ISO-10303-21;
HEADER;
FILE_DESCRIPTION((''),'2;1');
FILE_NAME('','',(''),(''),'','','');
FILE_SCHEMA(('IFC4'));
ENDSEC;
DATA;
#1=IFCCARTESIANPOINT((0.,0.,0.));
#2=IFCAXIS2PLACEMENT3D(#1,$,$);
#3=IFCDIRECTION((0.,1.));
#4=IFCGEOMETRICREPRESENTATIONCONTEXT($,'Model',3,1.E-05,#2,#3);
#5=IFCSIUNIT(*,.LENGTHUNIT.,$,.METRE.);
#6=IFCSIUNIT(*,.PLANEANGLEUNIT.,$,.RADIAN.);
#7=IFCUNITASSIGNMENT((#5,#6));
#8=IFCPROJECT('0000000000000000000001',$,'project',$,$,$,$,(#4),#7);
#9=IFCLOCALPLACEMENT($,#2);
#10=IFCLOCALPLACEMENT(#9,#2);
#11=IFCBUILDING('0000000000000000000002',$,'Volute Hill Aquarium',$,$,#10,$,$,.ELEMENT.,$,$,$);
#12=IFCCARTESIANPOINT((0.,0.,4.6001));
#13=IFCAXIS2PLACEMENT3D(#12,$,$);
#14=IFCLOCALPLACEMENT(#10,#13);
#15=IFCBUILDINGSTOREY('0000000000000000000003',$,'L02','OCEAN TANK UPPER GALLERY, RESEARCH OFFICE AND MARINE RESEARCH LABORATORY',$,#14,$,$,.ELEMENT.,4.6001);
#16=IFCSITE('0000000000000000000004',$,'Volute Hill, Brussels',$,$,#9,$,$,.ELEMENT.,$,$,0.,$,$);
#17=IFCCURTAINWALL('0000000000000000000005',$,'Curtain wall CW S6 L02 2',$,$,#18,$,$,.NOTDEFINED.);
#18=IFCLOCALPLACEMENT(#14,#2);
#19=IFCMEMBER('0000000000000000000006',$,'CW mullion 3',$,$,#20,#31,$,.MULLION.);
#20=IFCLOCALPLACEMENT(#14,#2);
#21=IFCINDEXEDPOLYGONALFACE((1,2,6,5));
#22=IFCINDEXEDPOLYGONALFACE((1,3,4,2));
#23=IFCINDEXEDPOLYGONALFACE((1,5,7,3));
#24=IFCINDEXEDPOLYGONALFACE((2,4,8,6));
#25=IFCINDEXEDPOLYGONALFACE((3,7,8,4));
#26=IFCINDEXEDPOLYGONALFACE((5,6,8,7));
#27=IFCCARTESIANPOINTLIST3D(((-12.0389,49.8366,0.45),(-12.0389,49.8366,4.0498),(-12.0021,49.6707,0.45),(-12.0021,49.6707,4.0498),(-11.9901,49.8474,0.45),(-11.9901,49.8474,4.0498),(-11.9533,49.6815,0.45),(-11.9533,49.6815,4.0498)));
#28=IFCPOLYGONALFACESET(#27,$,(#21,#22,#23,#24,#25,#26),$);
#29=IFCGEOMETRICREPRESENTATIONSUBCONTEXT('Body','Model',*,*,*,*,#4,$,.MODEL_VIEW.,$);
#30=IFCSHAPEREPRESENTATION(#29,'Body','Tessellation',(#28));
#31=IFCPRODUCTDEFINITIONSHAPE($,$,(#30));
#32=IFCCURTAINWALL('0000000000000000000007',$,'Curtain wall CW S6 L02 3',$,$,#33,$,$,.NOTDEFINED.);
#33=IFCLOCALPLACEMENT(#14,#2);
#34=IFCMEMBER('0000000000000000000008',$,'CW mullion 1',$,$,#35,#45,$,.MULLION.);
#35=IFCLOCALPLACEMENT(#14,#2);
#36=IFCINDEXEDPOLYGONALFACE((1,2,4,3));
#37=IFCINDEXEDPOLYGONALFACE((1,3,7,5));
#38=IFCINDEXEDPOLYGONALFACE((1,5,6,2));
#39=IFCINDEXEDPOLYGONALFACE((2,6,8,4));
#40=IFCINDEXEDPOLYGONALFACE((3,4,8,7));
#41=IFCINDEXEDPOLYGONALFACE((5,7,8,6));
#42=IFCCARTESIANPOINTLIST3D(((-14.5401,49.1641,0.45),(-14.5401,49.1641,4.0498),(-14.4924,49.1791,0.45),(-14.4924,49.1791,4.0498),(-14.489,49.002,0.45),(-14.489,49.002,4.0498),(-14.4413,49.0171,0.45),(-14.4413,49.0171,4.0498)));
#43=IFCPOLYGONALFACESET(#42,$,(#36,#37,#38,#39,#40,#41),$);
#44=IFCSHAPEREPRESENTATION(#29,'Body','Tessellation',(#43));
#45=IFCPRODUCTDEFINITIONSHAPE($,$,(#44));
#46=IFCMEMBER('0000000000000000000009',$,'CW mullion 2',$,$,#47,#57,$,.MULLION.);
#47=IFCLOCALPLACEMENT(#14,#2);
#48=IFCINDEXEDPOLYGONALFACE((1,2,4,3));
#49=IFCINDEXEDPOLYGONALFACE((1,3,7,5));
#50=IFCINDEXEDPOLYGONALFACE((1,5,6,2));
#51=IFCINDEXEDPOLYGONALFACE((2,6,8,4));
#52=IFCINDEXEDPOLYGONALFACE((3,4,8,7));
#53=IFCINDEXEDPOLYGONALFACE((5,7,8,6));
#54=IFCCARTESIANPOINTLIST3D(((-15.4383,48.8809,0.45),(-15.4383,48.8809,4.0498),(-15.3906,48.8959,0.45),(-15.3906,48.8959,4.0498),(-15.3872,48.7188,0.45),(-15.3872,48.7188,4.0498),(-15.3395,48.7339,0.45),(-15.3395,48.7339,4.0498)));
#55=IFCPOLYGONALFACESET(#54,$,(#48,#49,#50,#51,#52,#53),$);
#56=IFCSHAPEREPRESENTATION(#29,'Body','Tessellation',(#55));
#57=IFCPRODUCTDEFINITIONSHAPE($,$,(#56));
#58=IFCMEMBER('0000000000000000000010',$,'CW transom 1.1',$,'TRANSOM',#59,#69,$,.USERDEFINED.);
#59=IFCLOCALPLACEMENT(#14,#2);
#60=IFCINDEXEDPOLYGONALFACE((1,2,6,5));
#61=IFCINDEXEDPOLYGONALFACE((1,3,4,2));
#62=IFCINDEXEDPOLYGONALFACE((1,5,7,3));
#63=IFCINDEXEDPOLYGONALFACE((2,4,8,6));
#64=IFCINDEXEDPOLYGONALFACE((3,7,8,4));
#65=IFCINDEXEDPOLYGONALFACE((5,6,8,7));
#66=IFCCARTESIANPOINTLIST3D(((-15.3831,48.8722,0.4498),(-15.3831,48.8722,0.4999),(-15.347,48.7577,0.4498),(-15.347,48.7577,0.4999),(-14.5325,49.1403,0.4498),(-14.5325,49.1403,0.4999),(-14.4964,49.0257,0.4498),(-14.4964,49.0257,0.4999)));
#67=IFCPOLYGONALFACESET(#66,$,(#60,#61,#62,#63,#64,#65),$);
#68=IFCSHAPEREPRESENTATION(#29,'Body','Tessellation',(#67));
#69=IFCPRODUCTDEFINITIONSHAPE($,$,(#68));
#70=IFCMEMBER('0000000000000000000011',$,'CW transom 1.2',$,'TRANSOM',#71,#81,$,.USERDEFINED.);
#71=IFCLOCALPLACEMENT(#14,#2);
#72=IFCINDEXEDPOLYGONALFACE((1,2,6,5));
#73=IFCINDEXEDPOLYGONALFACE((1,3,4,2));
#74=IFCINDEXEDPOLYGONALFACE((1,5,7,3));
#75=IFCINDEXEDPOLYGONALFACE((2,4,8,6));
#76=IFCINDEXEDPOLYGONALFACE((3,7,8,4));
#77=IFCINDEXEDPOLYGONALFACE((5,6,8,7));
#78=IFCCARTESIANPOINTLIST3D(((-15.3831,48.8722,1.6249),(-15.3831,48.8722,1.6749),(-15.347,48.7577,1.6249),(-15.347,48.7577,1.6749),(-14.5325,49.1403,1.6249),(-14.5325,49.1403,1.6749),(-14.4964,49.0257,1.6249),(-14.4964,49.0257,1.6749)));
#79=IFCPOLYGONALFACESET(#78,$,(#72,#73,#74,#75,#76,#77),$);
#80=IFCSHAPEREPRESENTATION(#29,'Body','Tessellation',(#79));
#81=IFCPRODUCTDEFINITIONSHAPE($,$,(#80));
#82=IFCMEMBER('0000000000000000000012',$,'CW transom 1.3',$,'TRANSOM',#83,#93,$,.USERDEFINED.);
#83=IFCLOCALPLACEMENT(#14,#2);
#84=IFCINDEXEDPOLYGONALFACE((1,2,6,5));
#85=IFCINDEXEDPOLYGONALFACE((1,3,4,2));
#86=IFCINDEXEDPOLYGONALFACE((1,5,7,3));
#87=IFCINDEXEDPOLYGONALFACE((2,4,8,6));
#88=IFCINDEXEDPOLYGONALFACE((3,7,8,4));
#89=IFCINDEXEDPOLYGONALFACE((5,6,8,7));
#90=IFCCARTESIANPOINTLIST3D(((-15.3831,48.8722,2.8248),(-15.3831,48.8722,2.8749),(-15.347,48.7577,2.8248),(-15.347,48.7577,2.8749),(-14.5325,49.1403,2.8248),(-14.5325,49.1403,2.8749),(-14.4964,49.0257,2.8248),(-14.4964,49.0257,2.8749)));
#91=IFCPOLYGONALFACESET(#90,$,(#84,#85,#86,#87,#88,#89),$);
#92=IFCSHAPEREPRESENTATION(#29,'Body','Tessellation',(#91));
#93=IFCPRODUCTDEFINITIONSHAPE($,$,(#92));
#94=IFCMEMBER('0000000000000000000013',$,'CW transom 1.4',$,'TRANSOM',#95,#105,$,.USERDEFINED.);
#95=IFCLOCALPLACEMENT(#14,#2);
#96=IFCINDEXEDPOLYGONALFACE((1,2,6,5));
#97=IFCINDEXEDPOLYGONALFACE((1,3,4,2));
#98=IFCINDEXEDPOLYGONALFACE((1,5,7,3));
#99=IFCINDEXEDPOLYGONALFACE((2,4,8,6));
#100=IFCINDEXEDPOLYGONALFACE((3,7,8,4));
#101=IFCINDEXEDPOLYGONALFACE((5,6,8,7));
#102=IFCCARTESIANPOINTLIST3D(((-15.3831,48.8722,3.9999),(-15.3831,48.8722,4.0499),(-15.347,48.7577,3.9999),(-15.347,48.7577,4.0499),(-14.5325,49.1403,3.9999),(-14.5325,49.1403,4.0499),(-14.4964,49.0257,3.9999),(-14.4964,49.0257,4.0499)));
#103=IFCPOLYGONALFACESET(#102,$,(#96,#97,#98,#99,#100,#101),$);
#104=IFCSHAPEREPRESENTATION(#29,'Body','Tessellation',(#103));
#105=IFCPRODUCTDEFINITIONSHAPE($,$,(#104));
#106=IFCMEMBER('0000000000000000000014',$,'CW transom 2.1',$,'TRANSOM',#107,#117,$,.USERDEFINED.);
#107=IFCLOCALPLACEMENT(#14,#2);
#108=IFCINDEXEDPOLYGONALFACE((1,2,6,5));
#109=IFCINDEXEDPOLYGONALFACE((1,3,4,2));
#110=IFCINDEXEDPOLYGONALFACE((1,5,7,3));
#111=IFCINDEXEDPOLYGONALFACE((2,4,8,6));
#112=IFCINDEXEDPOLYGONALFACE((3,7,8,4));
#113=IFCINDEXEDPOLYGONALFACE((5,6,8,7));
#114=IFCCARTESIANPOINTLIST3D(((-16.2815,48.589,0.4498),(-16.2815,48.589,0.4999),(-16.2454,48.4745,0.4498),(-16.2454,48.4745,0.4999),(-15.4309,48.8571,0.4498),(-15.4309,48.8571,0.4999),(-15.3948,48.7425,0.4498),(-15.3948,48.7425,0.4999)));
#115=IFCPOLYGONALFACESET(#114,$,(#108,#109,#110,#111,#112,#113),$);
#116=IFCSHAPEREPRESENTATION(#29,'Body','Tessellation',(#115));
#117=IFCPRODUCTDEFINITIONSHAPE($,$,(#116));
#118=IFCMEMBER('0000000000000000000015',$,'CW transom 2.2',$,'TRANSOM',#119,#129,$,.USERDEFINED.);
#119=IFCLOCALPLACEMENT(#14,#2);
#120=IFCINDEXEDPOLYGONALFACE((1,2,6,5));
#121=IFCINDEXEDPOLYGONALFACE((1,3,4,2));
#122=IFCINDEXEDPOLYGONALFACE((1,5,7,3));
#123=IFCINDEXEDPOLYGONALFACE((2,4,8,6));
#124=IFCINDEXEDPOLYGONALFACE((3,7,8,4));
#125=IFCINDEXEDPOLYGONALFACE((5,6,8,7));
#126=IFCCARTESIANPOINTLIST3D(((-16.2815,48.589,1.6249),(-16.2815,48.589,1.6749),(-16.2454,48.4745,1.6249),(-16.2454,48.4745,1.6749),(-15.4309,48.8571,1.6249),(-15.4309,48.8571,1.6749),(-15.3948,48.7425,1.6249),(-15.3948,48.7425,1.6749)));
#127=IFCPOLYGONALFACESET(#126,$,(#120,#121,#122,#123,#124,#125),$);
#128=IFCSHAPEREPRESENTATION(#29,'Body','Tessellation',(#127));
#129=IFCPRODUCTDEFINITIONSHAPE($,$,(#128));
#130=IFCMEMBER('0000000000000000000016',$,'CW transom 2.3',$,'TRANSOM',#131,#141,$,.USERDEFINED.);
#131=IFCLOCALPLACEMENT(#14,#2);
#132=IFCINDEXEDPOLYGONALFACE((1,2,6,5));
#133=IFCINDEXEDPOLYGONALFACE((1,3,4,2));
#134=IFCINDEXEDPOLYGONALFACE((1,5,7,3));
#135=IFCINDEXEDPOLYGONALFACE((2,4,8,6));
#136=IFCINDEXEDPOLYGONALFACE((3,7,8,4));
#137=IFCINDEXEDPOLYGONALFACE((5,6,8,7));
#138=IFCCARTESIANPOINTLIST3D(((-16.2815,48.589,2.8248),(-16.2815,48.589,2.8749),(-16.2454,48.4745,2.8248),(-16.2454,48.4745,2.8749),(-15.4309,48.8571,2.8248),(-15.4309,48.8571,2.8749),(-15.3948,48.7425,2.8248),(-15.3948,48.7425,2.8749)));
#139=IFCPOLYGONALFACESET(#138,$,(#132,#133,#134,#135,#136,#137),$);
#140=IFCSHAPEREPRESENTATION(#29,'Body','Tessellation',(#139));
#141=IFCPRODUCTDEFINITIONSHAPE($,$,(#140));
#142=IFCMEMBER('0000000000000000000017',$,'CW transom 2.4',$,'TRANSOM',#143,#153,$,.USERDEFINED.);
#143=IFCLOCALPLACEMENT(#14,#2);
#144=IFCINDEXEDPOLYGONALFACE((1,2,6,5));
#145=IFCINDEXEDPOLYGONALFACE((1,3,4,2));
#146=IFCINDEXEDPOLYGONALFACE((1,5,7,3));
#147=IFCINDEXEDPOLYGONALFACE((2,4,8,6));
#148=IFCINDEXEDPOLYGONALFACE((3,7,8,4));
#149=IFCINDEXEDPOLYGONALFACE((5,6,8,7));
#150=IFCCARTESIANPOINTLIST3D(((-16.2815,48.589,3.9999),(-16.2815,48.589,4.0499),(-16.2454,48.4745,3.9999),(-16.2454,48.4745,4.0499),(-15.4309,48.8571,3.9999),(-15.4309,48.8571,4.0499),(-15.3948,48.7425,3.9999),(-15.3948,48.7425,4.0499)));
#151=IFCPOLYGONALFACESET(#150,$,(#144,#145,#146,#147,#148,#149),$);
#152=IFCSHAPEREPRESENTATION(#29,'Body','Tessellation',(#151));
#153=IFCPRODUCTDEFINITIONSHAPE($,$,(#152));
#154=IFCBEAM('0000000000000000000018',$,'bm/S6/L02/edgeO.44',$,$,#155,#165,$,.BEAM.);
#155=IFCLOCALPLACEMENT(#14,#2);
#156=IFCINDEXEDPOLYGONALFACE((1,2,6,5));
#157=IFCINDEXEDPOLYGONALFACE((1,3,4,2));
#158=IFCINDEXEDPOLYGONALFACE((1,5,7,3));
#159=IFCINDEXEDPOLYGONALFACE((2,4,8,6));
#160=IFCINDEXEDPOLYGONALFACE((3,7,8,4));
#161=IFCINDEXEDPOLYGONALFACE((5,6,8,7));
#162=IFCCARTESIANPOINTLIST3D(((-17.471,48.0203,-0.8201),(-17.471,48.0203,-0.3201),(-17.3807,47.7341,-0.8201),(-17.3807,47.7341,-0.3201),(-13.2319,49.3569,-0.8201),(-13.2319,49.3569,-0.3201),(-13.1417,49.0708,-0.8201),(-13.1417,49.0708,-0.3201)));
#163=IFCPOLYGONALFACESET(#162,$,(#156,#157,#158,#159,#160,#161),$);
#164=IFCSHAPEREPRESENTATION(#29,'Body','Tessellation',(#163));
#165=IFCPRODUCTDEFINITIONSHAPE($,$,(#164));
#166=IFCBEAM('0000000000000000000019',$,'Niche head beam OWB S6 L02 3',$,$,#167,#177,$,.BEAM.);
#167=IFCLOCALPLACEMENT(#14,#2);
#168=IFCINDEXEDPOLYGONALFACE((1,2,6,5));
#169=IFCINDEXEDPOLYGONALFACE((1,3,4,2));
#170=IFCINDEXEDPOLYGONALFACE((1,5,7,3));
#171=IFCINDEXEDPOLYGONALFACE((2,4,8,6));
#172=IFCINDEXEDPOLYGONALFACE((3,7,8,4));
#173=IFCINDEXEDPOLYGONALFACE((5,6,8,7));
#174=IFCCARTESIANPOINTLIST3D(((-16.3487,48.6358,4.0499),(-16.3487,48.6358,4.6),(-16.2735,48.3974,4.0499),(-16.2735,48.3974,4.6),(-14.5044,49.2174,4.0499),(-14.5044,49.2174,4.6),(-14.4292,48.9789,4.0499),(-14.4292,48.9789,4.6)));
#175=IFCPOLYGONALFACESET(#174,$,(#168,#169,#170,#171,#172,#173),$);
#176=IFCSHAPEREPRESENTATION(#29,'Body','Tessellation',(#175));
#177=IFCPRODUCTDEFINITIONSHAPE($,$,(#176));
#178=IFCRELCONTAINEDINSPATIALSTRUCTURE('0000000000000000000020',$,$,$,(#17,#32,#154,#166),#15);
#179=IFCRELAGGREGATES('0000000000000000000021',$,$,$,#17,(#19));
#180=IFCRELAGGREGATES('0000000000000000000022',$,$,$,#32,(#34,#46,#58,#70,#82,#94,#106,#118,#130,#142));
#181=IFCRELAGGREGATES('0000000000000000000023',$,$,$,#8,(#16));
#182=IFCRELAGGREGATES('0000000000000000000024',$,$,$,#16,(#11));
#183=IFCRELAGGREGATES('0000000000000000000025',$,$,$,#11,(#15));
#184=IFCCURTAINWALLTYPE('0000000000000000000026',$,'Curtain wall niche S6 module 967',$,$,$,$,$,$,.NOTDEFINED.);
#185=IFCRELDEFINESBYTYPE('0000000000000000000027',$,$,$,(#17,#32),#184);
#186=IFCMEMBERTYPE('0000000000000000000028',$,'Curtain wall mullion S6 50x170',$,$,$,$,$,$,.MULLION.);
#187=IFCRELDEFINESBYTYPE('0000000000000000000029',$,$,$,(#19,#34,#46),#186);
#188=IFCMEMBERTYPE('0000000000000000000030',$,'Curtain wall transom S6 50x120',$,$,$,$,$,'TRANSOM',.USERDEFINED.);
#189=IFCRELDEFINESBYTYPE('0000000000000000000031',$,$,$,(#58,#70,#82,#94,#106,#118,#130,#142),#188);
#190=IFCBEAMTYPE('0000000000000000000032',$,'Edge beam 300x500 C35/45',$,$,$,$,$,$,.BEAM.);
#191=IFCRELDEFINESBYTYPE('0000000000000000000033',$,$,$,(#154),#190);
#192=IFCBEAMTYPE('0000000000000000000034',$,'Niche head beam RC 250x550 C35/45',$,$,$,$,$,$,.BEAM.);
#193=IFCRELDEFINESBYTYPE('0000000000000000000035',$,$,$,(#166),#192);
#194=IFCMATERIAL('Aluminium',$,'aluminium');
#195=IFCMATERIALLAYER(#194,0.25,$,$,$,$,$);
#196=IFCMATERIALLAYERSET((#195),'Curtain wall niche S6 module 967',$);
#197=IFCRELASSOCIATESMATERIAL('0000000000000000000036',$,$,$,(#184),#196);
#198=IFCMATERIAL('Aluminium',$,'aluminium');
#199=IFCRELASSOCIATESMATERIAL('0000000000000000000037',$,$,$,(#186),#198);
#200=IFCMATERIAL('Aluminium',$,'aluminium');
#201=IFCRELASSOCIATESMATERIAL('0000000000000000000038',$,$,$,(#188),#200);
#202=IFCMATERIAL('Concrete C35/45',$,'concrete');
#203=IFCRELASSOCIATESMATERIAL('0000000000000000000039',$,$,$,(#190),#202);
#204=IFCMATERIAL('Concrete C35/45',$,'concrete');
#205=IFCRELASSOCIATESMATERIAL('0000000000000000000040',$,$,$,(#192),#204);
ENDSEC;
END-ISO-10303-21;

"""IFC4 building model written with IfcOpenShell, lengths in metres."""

from ifc_helpers import new_model, si_unit, direction, frame, origin, origin_2d, place, context, subcontext, project, spatial, rectangle, extrude, material, layer, layer_set, material_profile, profile_set, type_object, element, aggregate, save


model = new_model("IFC4")

# Units and contexts
model_context = context("Model", 3, precision=1e-05, world=origin(), true_north=direction((0.0, 1.0)))
body_context = subcontext(model_context, "Body", "Model", "MODEL_VIEW")
ifc_project = project(units=[si_unit("LENGTHUNIT", "METRE"), si_unit("PLANEANGLEUNIT", "RADIAN")], contexts=[model_context])

# Site, building, storey
site_placement = place(None, origin())
site = spatial("IfcSite", under=ifc_project, at=site_placement, Name="Volute Hill, Brussels", CompositionType="ELEMENT", RefElevation=0.0)
building_placement = place(site_placement, origin())
building = spatial("IfcBuilding", under=site, at=building_placement, Name="Volute Hill Aquarium", CompositionType="ELEMENT")
storey_placement = place(building_placement, frame((0.0, 0.0, 4.6001)))
storey = spatial("IfcBuildingStorey", under=building, at=storey_placement, Name="L02", Description="OCEAN TANK UPPER GALLERY, RESEARCH OFFICE AND MARINE RESEARCH LABORATORY", CompositionType="ELEMENT", Elevation=4.6001)

# Curtain wall, member
ifc_material_1 = material(Name="Aluminium", Category="aluminium")
ifc_layer_1 = layer(ifc_material_1, 0.25)
ifc_layer_set_1 = layer_set([ifc_layer_1], Name="Curtain wall niche S6 module 967")
curtain_wall_type = type_object("IfcCurtainWallType", Name="Curtain wall niche S6 module 967", PredefinedType="NOTDEFINED", material=ifc_layer_set_1)
curtain_wall_1_placement = place(storey_placement, origin())
curtain_wall_1 = element("IfcCurtainWall", 1, at=curtain_wall_1_placement, inside=storey, type_object=curtain_wall_type, Name="Curtain wall CW S6 L02 2", PredefinedType="NOTDEFINED")
ifc_material_2 = material(Name="Aluminium", Category="aluminium")
ifc_material_profile_1 = material_profile(ifc_material_2, rectangle(XDim=0.1699, YDim=0.05, at=origin_2d()), Name="Curtain wall mullion S6 50x170")
ifc_profile_set_1 = profile_set([ifc_material_profile_1], Name="Aluminium")
member_type_1 = type_object("IfcMemberType", Name="Curtain wall mullion S6 50x170", PredefinedType="MULLION", material=ifc_profile_set_1)
member_1_placement = place(storey_placement, frame((-11.9961, 49.759, 0.45), z_axis=(0.0, 0.0, 1.0), x_axis=(0.216429, -0.976298, 0.0)))
member_1 = element("IfcMember", 2, at=member_1_placement, type_object=member_type_1, Name="CW mullion 3", PredefinedType="MULLION", context=body_context, shape_type="SweptSolid", body=[
    extrude(rectangle(XDim=0.1699, YDim=0.05, at=origin_2d()), origin(), (0.0, 0.0, 1.0), 3.5999),
])

# Curtain wall, members
curtain_wall_2_placement = place(storey_placement, origin())
curtain_wall_2 = element("IfcCurtainWall", 3, at=curtain_wall_2_placement, inside=storey, type_object=curtain_wall_type, Name="Curtain wall CW S6 L02 3", PredefinedType="NOTDEFINED")
member_2_placement = place(storey_placement, frame((-14.4907, 49.0906, 0.45), z_axis=(0.0, 0.0, 1.0), x_axis=(0.300706, -0.953717, 0.0)))
member_2 = element("IfcMember", 4, at=member_2_placement, type_object=member_type_1, Name="CW mullion 1", PredefinedType="MULLION", context=body_context, shape_type="SweptSolid", body=[
    extrude(rectangle(XDim=0.1699, YDim=0.05, at=origin_2d()), origin(), (0.0, 0.0, 1.0), 3.5999),
])
member_3_placement = place(storey_placement, frame((-15.3889, 48.8074, 0.45), z_axis=(0.0, 0.0, 1.0), x_axis=(0.300706, -0.953717, 0.0)))
member_3 = element("IfcMember", 5, at=member_3_placement, type_object=member_type_1, Name="CW mullion 2", PredefinedType="MULLION", context=body_context, shape_type="SweptSolid", body=[
    extrude(rectangle(XDim=0.1699, YDim=0.05, at=origin_2d()), origin(), (0.0, 0.0, 1.0), 3.5999),
])
ifc_material_3 = material(Name="Aluminium", Category="aluminium")
ifc_material_profile_2 = material_profile(ifc_material_3, rectangle(XDim=0.1201, YDim=0.05, at=origin_2d()), Name="Curtain wall transom S6 50x120")
ifc_profile_set_2 = profile_set([ifc_material_profile_2], Name="Aluminium")
member_type_2 = type_object("IfcMemberType", Name="Curtain wall transom S6 50x120", ElementType="TRANSOM", PredefinedType="USERDEFINED", material=ifc_profile_set_2)
member_4_placement = place(storey_placement, frame((-14.5144, 49.083, 0.4749), z_axis=(-0.953756, -0.300581, 0.0), x_axis=(0.300581, -0.953756, 0.0)))
member_4 = element("IfcMember", 6, at=member_4_placement, type_object=member_type_2, Name="CW transom 1.1", ObjectType="TRANSOM", PredefinedType="USERDEFINED", context=body_context, shape_type="SweptSolid", body=[
    extrude(rectangle(XDim=0.1201, YDim=0.05, at=origin_2d()), origin(), (0.0, 0.0, 1.0), 0.8918),
])
member_5_placement = place(storey_placement, frame((-14.5144, 49.083, 1.6499), z_axis=(-0.953756, -0.300581, 0.0), x_axis=(0.300581, -0.953756, 0.0)))
member_5 = element("IfcMember", 7, at=member_5_placement, type_object=member_type_2, Name="CW transom 1.2", ObjectType="TRANSOM", PredefinedType="USERDEFINED", context=body_context, shape_type="SweptSolid", body=[
    extrude(rectangle(XDim=0.1201, YDim=0.05, at=origin_2d()), origin(), (0.0, 0.0, 1.0), 0.8918),
])
member_6_placement = place(storey_placement, frame((-14.5144, 49.083, 2.8499), z_axis=(-0.953756, -0.300581, 0.0), x_axis=(0.300581, -0.953756, 0.0)))
member_6 = element("IfcMember", 8, at=member_6_placement, type_object=member_type_2, Name="CW transom 1.3", ObjectType="TRANSOM", PredefinedType="USERDEFINED", context=body_context, shape_type="SweptSolid", body=[
    extrude(rectangle(XDim=0.1201, YDim=0.05, at=origin_2d()), origin(), (0.0, 0.0, 1.0), 0.8918),
])
member_7_placement = place(storey_placement, frame((-14.5144, 49.083, 4.0249), z_axis=(-0.953756, -0.300581, 0.0), x_axis=(0.300581, -0.953756, 0.0)))
member_7 = element("IfcMember", 9, at=member_7_placement, type_object=member_type_2, Name="CW transom 1.4", ObjectType="TRANSOM", PredefinedType="USERDEFINED", context=body_context, shape_type="SweptSolid", body=[
    extrude(rectangle(XDim=0.1201, YDim=0.05, at=origin_2d()), origin(), (0.0, 0.0, 1.0), 0.8918),
])
member_8_placement = place(storey_placement, frame((-15.4128, 48.7998, 0.4749), z_axis=(-0.953756, -0.300581, 0.0), x_axis=(0.300581, -0.953756, 0.0)))
member_8 = element("IfcMember", 10, at=member_8_placement, type_object=member_type_2, Name="CW transom 2.1", ObjectType="TRANSOM", PredefinedType="USERDEFINED", context=body_context, shape_type="SweptSolid", body=[
    extrude(rectangle(XDim=0.1201, YDim=0.05, at=origin_2d()), origin(), (0.0, 0.0, 1.0), 0.8918),
])
member_9_placement = place(storey_placement, frame((-15.4128, 48.7998, 1.6499), z_axis=(-0.953756, -0.300581, 0.0), x_axis=(0.300581, -0.953756, 0.0)))
member_9 = element("IfcMember", 11, at=member_9_placement, type_object=member_type_2, Name="CW transom 2.2", ObjectType="TRANSOM", PredefinedType="USERDEFINED", context=body_context, shape_type="SweptSolid", body=[
    extrude(rectangle(XDim=0.1201, YDim=0.05, at=origin_2d()), origin(), (0.0, 0.0, 1.0), 0.8918),
])
member_10_placement = place(storey_placement, frame((-15.4128, 48.7998, 2.8499), z_axis=(-0.953756, -0.300581, 0.0), x_axis=(0.300581, -0.953756, 0.0)))
member_10 = element("IfcMember", 12, at=member_10_placement, type_object=member_type_2, Name="CW transom 2.3", ObjectType="TRANSOM", PredefinedType="USERDEFINED", context=body_context, shape_type="SweptSolid", body=[
    extrude(rectangle(XDim=0.1201, YDim=0.05, at=origin_2d()), origin(), (0.0, 0.0, 1.0), 0.8918),
])
member_11_placement = place(storey_placement, frame((-15.4128, 48.7998, 4.0249), z_axis=(-0.953756, -0.300581, 0.0), x_axis=(0.300581, -0.953756, 0.0)))
member_11 = element("IfcMember", 13, at=member_11_placement, type_object=member_type_2, Name="CW transom 2.4", ObjectType="TRANSOM", PredefinedType="USERDEFINED", context=body_context, shape_type="SweptSolid", body=[
    extrude(rectangle(XDim=0.1201, YDim=0.05, at=origin_2d()), origin(), (0.0, 0.0, 1.0), 0.8918),
])

# Beams
ifc_material_4 = material(Name="Concrete C35/45", Category="concrete")
ifc_material_profile_3 = material_profile(ifc_material_4, rectangle(XDim=0.3, YDim=0.5, at=origin_2d()), Name="RC edge beam 300x500")
ifc_profile_set_3 = profile_set([ifc_material_profile_3], Name="Concrete C35/45")
beam_type_1 = type_object("IfcBeamType", Name="Edge beam 300x500 C35/45", PredefinedType="BEAM", material=ifc_profile_set_3)
beam_1_placement = place(storey_placement, frame((-13.1868, 49.2139, -0.5701), z_axis=(-0.95371, -0.300729, 0.0), x_axis=(0.300729, -0.95371, 0.0)))
element("IfcBeam", 14, at=beam_1_placement, inside=storey, type_object=beam_type_1, Name="bm/S6/L02/edgeO.44", PredefinedType="BEAM", context=body_context, shape_type="SweptSolid", body=[
    extrude(rectangle(XDim=0.3, YDim=0.5, at=origin_2d()), origin(), (0.0, 0.0, 1.0), 4.4448),
])
ifc_material_5 = material(Name="Concrete C35/45", Category="concrete")
ifc_material_profile_4 = material_profile(ifc_material_5, rectangle(XDim=0.25, YDim=0.55, at=origin_2d()), Name="RC beam 250x550")
ifc_profile_set_4 = profile_set([ifc_material_profile_4], Name="Concrete C35/45")
beam_type_2 = type_object("IfcBeamType", Name="Niche head beam RC 250x550 C35/45", PredefinedType="BEAM", material=ifc_profile_set_4)
beam_2_placement = place(storey_placement, frame((-14.4668, 49.0981, 4.325), z_axis=(-0.953709, -0.300733, 0.0), x_axis=(0.300733, -0.953709, 0.0)))
element("IfcBeam", 15, at=beam_2_placement, inside=storey, type_object=beam_type_2, Name="Niche head beam OWB S6 L02 3", PredefinedType="BEAM", context=body_context, shape_type="SweptSolid", body=[
    extrude(rectangle(XDim=0.25, YDim=0.55, at=origin_2d()), origin(), (0.0, 0.0, 1.0), 1.9338),
])

aggregate(curtain_wall_1, [member_1])
aggregate(curtain_wall_2, [member_2, member_3, member_4, member_5, member_6, member_7, member_8, member_9, member_10, member_11])

save(model, "model.ifc")
